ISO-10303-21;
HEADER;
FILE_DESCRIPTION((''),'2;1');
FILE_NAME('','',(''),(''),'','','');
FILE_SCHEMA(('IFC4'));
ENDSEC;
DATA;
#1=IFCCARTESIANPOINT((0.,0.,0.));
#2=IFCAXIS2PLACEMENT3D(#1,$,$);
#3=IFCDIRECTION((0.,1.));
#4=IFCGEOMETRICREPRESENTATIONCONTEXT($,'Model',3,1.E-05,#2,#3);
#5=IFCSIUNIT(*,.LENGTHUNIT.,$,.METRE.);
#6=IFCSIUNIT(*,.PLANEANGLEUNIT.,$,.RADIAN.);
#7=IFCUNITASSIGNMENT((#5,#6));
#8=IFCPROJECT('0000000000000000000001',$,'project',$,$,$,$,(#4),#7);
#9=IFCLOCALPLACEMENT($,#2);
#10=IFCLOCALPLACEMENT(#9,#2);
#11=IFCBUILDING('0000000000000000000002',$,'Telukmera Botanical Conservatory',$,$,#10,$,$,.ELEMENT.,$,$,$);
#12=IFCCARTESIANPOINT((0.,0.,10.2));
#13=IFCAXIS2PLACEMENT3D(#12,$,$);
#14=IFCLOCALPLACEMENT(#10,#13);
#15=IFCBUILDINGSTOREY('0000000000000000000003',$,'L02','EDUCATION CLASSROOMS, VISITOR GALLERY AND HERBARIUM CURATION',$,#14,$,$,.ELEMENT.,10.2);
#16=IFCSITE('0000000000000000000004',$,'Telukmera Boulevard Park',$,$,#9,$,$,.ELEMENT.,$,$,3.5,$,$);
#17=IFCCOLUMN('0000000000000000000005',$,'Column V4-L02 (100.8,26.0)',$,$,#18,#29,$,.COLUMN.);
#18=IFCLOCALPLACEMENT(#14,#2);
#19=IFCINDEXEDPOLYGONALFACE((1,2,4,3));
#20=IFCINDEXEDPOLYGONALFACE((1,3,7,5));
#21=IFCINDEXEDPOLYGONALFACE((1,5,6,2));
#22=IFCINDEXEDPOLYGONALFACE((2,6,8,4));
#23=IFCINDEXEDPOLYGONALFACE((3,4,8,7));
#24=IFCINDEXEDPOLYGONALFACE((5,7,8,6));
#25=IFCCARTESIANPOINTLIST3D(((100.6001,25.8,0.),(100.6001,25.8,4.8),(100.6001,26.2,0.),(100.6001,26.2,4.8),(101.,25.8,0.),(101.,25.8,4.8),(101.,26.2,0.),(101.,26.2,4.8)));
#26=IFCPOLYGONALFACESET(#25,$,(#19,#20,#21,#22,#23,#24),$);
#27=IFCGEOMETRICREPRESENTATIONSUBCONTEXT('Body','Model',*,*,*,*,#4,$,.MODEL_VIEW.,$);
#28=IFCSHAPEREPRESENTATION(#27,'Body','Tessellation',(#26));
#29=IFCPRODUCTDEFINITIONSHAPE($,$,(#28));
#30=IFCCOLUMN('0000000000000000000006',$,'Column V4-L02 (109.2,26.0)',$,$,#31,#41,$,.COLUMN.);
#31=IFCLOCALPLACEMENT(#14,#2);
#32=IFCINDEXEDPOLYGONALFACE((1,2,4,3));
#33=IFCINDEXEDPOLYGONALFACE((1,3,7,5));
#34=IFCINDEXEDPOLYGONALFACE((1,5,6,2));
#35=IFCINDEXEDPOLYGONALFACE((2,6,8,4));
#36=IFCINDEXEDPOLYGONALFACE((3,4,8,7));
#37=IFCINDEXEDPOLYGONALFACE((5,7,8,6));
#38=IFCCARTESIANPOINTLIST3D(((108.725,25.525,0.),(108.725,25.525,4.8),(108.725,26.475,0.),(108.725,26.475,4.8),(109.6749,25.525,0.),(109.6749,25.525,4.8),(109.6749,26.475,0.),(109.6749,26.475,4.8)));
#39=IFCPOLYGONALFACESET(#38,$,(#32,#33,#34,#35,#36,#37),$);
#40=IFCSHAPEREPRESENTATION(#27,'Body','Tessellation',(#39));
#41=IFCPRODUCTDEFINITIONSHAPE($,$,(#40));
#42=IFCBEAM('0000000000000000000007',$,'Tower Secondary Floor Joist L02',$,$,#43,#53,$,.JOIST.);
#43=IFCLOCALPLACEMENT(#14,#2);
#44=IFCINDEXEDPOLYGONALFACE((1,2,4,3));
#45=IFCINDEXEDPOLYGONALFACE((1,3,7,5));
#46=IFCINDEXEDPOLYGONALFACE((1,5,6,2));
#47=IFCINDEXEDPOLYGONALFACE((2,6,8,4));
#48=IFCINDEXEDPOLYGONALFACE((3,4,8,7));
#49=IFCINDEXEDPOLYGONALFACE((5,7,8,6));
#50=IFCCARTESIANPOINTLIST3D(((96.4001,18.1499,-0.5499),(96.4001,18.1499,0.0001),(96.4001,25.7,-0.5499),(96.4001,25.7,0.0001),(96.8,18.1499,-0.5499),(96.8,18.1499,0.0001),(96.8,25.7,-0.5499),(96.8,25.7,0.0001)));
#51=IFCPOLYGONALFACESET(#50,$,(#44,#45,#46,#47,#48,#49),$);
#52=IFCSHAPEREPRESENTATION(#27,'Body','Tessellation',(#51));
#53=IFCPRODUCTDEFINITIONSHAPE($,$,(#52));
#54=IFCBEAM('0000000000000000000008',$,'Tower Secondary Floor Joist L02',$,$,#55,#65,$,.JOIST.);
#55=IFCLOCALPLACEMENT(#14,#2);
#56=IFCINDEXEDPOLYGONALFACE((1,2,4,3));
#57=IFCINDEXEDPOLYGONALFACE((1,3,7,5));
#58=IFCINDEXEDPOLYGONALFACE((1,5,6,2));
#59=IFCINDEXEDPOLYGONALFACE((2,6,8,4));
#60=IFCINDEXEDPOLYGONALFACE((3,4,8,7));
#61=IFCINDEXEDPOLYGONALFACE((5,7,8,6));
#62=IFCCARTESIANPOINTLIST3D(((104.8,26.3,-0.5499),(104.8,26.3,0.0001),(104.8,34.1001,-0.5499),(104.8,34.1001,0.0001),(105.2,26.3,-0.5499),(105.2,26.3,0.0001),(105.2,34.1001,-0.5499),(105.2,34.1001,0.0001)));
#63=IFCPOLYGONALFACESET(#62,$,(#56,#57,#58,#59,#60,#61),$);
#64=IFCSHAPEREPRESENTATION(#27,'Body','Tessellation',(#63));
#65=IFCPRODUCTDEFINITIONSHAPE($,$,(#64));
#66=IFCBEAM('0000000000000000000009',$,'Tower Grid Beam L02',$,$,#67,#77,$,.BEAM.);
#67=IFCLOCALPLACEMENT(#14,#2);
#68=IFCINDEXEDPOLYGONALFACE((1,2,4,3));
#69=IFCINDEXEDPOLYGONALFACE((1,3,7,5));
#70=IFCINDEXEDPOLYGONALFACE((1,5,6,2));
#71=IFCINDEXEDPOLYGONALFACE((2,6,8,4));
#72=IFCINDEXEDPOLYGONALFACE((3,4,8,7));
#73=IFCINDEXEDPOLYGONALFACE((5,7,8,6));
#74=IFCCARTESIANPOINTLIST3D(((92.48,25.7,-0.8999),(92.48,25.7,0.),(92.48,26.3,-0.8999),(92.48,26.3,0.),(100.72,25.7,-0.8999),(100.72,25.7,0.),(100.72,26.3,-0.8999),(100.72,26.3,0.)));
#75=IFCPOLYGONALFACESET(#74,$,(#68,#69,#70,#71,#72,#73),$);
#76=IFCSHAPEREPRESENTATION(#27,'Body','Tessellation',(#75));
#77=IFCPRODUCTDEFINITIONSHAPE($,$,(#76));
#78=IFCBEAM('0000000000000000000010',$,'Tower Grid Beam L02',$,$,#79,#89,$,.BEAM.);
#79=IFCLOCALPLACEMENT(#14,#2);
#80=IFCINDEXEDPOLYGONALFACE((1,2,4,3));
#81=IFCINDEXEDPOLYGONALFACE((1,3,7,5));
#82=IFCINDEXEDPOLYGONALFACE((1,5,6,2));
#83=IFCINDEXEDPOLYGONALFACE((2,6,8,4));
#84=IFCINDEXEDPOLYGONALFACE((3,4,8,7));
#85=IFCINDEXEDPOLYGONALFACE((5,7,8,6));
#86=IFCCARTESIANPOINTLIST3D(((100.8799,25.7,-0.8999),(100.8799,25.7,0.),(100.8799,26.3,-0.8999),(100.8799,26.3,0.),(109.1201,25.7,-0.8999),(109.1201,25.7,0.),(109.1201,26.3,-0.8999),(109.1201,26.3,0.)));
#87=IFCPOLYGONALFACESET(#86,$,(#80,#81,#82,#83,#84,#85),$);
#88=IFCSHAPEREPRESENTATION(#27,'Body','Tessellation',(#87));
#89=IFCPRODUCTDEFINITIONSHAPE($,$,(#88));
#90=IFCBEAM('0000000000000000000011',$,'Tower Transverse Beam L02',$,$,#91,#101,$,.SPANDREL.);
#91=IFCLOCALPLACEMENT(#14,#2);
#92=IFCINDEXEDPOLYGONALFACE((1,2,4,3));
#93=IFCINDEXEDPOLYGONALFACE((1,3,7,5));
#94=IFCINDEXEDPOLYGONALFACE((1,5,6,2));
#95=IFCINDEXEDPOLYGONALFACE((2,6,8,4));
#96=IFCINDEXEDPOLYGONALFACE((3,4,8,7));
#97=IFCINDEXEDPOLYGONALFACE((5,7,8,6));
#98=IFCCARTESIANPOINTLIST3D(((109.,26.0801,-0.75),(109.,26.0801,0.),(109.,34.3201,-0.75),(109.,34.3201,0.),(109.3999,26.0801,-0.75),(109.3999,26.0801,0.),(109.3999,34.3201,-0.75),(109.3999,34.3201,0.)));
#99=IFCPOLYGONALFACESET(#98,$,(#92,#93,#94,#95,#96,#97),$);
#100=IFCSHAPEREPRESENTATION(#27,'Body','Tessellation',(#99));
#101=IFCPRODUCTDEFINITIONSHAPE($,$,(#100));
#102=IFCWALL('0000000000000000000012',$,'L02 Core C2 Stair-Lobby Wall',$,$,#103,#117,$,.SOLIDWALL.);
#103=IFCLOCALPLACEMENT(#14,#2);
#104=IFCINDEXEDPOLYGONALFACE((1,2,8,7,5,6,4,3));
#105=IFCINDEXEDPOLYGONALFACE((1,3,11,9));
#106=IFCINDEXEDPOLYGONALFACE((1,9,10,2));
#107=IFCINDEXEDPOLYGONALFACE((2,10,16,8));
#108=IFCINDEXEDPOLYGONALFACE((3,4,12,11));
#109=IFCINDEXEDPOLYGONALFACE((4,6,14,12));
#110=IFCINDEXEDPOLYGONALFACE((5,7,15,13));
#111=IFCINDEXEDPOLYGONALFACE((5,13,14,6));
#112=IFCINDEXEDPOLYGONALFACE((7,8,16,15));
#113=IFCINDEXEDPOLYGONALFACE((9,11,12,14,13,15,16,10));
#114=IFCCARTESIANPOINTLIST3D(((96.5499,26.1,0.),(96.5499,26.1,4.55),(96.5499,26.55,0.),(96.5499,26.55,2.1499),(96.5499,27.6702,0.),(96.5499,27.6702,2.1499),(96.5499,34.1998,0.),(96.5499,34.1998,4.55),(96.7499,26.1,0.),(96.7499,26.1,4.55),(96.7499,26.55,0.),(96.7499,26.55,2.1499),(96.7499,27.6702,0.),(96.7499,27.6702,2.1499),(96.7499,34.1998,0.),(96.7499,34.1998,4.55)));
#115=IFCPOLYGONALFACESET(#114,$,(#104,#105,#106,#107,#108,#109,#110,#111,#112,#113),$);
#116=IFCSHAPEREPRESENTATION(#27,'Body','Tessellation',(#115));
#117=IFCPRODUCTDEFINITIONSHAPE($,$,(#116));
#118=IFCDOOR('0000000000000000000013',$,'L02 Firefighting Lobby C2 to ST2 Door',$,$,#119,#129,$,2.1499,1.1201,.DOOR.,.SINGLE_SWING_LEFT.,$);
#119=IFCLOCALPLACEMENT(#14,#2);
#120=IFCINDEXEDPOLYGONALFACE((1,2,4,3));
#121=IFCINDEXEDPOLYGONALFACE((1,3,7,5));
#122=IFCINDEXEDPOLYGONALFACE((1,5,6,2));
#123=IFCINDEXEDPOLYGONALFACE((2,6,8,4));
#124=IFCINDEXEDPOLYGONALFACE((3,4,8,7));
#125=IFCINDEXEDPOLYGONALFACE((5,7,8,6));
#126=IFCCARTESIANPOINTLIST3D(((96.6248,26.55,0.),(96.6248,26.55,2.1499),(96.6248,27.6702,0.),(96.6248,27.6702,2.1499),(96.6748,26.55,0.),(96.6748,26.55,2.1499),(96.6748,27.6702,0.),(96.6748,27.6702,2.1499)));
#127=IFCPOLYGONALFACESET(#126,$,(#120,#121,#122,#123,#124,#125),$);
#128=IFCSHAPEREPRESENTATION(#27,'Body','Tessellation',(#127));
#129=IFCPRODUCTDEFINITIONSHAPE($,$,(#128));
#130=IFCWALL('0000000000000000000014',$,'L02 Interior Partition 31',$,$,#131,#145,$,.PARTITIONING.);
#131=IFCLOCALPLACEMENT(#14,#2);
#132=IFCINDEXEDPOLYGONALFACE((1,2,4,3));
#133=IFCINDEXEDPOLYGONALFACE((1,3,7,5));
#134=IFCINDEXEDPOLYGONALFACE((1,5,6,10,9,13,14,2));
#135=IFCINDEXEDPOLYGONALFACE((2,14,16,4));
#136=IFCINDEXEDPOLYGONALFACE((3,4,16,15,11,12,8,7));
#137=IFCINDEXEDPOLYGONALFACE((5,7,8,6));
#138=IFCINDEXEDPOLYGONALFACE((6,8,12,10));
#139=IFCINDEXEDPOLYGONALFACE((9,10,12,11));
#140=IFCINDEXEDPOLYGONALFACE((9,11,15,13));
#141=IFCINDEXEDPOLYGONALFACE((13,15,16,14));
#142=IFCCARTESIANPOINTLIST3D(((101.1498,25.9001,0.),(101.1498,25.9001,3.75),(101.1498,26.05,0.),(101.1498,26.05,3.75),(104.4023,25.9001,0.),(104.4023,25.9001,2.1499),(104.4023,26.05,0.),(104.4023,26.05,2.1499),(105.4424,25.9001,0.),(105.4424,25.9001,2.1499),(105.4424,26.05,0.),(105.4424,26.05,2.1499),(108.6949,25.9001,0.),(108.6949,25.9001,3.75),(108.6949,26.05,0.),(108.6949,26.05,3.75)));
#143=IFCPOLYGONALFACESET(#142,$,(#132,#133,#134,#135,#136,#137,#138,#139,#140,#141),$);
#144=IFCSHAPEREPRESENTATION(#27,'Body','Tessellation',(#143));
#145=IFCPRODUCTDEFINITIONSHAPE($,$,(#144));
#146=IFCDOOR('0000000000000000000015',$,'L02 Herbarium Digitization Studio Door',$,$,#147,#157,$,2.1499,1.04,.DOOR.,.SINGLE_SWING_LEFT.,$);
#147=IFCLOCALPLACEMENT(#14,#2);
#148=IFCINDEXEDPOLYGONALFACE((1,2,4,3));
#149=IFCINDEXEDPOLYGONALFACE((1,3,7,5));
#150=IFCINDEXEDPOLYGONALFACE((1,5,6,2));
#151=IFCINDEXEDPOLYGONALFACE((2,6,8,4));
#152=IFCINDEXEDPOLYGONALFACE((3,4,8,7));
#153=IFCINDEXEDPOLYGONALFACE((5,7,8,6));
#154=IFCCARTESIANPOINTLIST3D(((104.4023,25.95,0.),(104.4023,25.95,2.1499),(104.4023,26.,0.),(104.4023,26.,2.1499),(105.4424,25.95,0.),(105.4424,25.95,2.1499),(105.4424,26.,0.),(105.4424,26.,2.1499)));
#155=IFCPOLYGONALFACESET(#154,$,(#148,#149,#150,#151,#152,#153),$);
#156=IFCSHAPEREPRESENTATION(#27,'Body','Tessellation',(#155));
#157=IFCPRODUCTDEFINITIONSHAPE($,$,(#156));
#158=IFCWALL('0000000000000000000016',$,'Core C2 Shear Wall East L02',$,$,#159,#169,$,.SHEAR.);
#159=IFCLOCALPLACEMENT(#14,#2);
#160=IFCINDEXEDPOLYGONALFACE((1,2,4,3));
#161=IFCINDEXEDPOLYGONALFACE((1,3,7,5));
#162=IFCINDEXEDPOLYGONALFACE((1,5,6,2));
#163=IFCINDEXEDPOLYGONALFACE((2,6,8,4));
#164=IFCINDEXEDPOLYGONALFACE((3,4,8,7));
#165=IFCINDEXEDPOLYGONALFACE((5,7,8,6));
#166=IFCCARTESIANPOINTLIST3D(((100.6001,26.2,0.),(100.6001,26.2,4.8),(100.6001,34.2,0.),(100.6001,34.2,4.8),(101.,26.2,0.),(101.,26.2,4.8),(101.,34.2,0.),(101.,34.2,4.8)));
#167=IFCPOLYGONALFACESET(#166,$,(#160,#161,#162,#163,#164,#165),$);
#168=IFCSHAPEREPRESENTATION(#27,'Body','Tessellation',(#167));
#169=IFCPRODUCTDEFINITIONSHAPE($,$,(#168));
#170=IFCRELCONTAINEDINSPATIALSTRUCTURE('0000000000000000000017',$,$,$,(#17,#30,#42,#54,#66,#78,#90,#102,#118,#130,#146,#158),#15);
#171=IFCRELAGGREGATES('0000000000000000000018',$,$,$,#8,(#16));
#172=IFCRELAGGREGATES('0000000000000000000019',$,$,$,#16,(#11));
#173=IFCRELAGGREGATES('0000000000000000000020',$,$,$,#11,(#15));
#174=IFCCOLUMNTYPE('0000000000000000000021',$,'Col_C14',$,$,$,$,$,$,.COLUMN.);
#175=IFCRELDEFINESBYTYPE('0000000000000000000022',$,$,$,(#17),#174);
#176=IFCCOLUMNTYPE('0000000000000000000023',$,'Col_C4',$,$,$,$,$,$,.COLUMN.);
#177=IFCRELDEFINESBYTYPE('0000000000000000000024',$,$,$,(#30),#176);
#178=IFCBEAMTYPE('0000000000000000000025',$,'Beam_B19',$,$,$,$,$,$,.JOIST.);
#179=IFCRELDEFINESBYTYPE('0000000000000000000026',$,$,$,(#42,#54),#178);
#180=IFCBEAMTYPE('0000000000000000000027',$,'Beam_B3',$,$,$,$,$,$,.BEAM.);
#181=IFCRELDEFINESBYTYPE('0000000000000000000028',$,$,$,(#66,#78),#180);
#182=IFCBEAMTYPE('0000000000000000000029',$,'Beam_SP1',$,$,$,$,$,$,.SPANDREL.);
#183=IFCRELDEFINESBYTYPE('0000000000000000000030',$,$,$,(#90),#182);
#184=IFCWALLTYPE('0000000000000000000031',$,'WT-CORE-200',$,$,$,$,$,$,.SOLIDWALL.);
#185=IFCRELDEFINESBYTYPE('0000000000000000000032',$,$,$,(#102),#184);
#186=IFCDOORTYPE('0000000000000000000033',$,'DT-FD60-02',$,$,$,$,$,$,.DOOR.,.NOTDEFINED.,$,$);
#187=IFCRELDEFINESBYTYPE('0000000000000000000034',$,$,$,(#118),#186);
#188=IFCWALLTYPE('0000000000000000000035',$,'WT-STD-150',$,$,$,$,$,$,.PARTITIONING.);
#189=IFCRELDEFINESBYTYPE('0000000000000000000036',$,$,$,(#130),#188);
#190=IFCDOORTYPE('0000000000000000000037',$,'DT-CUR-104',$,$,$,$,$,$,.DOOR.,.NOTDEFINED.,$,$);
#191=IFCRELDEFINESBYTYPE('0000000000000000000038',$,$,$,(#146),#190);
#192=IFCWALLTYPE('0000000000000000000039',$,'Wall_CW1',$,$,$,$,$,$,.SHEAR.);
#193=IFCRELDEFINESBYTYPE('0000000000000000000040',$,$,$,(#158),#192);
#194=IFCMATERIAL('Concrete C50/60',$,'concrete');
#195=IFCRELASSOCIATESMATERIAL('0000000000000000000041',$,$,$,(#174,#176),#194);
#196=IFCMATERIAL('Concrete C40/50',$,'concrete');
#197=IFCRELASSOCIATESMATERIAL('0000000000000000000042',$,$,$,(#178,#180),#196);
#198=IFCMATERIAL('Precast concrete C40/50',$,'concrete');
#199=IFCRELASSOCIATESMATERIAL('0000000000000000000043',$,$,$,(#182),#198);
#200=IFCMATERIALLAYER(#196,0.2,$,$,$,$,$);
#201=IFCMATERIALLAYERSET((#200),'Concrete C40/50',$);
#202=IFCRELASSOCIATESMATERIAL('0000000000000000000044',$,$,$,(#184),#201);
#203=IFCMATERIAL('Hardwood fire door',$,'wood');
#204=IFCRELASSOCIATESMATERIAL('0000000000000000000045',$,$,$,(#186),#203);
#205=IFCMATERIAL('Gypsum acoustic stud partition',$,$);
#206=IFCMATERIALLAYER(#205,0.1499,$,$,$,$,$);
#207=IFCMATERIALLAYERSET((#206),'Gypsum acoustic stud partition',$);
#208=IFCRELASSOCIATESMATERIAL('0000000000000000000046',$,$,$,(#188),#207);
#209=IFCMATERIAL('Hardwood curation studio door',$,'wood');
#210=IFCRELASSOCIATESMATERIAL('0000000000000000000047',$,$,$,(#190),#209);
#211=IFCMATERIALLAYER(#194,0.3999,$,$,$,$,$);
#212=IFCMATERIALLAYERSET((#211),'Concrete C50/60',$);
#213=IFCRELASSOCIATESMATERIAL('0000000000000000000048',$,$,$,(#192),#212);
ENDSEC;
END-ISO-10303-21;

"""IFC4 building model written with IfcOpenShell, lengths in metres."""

from ifc_helpers import new_model, si_unit, direction, frame, frame_2d, origin, origin_2d, place, context, subcontext, project, spatial, rectangle, extrude, material, layer, layer_set, material_profile, profile_set, type_object, element, fill, save


model = new_model("IFC4")

# Units and contexts
model_context = context("Model", 3, precision=1e-05, world=origin(), true_north=direction((0.0, 1.0)))
body_context = subcontext(model_context, "Body", "Model", "MODEL_VIEW")
ifc_project = project(units=[si_unit("LENGTHUNIT", "METRE"), si_unit("PLANEANGLEUNIT", "RADIAN")], contexts=[model_context])

# Site, building, storey
site_placement = place(None, origin())
site = spatial("IfcSite", under=ifc_project, at=site_placement, Name="Telukmera Boulevard Park", CompositionType="ELEMENT", RefElevation=3.5)
building_placement = place(site_placement, origin())
building = spatial("IfcBuilding", under=site, at=building_placement, Name="Telukmera Botanical Conservatory", CompositionType="ELEMENT")
storey_placement = place(building_placement, frame((0.0, 0.0, 10.2)))
storey = spatial("IfcBuildingStorey", under=building, at=storey_placement, Name="L02", Description="EDUCATION CLASSROOMS, VISITOR GALLERY AND HERBARIUM CURATION", CompositionType="ELEMENT", Elevation=10.2)

# Columns
ifc_material_1 = material(Name="Concrete C50/60", Category="concrete")
ifc_material_profile_1 = material_profile(ifc_material_1, rectangle(XDim=0.3999, YDim=0.3999, at=origin_2d()), Name="RC 400x400")
ifc_profile_set_1 = profile_set([ifc_material_profile_1], Name="Concrete C50/60")
column_type_1 = type_object("IfcColumnType", Name="Col_C14", PredefinedType="COLUMN", material=ifc_profile_set_1)
column_1_placement = place(storey_placement, frame((100.8, 26.0, 0.0), z_axis=(0.0, 0.0, 1.0), x_axis=(1.0, 0.0, 0.0)))
element("IfcColumn", 1, at=column_1_placement, inside=storey, type_object=column_type_1, Name="Column V4-L02 (100.8,26.0)", PredefinedType="COLUMN", context=body_context, shape_type="SweptSolid", body=[
    extrude(rectangle(XDim=0.3999, YDim=0.3999, at=origin_2d()), origin(), (0.0, 0.0, 1.0), 4.8),
])
ifc_material_profile_2 = material_profile(ifc_material_1, rectangle(XDim=0.95, YDim=0.95, at=origin_2d()), Name="RC 950x950")
ifc_profile_set_2 = profile_set([ifc_material_profile_2], Name="Concrete C50/60")
column_type_2 = type_object("IfcColumnType", Name="Col_C4", PredefinedType="COLUMN", material=ifc_profile_set_2)
column_2_placement = place(storey_placement, frame((109.2, 26.0, 0.0), z_axis=(0.0, 0.0, 1.0), x_axis=(1.0, 0.0, 0.0)))
element("IfcColumn", 2, at=column_2_placement, inside=storey, type_object=column_type_2, Name="Column V4-L02 (109.2,26.0)", PredefinedType="COLUMN", context=body_context, shape_type="SweptSolid", body=[
    extrude(rectangle(XDim=0.95, YDim=0.95, at=origin_2d()), origin(), (0.0, 0.0, 1.0), 4.8),
])

# Beams
ifc_material_2 = material(Name="Concrete C40/50", Category="concrete")
ifc_material_profile_3 = material_profile(ifc_material_2, rectangle(XDim=0.3999, YDim=0.55, at=origin_2d()), Name="RC 400x550")
ifc_profile_set_3 = profile_set([ifc_material_profile_3], Name="Concrete C40/50")
beam_type_1 = type_object("IfcBeamType", Name="Beam_B19", PredefinedType="JOIST", material=ifc_profile_set_3)
beam_1_placement = place(storey_placement, frame((96.6001, 18.1499, -0.2749), z_axis=(0.0, 1.0, 0.0), x_axis=(-1.0, 0.0, 0.0)))
element("IfcBeam", 3, at=beam_1_placement, inside=storey, type_object=beam_type_1, Name="Tower Secondary Floor Joist L02", PredefinedType="JOIST", context=body_context, shape_type="SweptSolid", body=[
    extrude(rectangle(XDim=0.3999, YDim=0.55, at=origin_2d()), origin(), (0.0, 0.0, 1.0), 7.55),
])
beam_2_placement = place(storey_placement, frame((105.0, 26.3, -0.2749), z_axis=(0.0, 1.0, 0.0), x_axis=(-1.0, 0.0, 0.0)))
element("IfcBeam", 4, at=beam_2_placement, inside=storey, type_object=beam_type_1, Name="Tower Secondary Floor Joist L02", PredefinedType="JOIST", context=body_context, shape_type="SweptSolid", body=[
    extrude(rectangle(XDim=0.3999, YDim=0.55, at=origin_2d()), origin(), (0.0, 0.0, 1.0), 7.8),
])
ifc_material_profile_4 = material_profile(ifc_material_2, rectangle(XDim=0.6001, YDim=0.8999, at=origin_2d()), Name="RC 600x900")
ifc_profile_set_4 = profile_set([ifc_material_profile_4], Name="Concrete C40/50")
beam_type_2 = type_object("IfcBeamType", Name="Beam_B3", PredefinedType="BEAM", material=ifc_profile_set_4)
beam_3_placement = place(storey_placement, frame((92.48, 26.0, -0.45), z_axis=(1.0, 0.0, 0.0), x_axis=(0.0, 1.0, 0.0)))
element("IfcBeam", 5, at=beam_3_placement, inside=storey, type_object=beam_type_2, Name="Tower Grid Beam L02", PredefinedType="BEAM", context=body_context, shape_type="SweptSolid", body=[
    extrude(rectangle(XDim=0.6001, YDim=0.8999, at=origin_2d()), origin(), (0.0, 0.0, 1.0), 8.24),
])
beam_4_placement = place(storey_placement, frame((100.8799, 26.0, -0.45), z_axis=(1.0, 0.0, 0.0), x_axis=(0.0, 1.0, 0.0)))
element("IfcBeam", 6, at=beam_4_placement, inside=storey, type_object=beam_type_2, Name="Tower Grid Beam L02", PredefinedType="BEAM", context=body_context, shape_type="SweptSolid", body=[
    extrude(rectangle(XDim=0.6001, YDim=0.8999, at=origin_2d()), origin(), (0.0, 0.0, 1.0), 8.2402),
])
ifc_material_3 = material(Name="Precast concrete C40/50", Category="concrete")
ifc_material_profile_5 = material_profile(ifc_material_3, rectangle(XDim=0.3999, YDim=0.75, at=origin_2d()), Name="PC 400x750")
ifc_profile_set_5 = profile_set([ifc_material_profile_5], Name="Precast concrete C40/50")
beam_type_3 = type_object("IfcBeamType", Name="Beam_SP1", PredefinedType="SPANDREL", material=ifc_profile_set_5)
beam_5_placement = place(storey_placement, frame((109.2, 26.0801, -0.375), z_axis=(0.0, 1.0, 0.0), x_axis=(-1.0, 0.0, 0.0)))
element("IfcBeam", 7, at=beam_5_placement, inside=storey, type_object=beam_type_3, Name="Tower Transverse Beam L02", PredefinedType="SPANDREL", context=body_context, shape_type="SweptSolid", body=[
    extrude(rectangle(XDim=0.3999, YDim=0.75, at=origin_2d()), origin(), (0.0, 0.0, 1.0), 8.24),
])

# Shared definitions
ifc_layer_1 = layer(ifc_material_2, 0.2)
ifc_layer_set_1 = layer_set([ifc_layer_1], Name="Concrete C40/50")
wall_type_1 = type_object("IfcWallType", Name="WT-CORE-200", PredefinedType="SOLIDWALL", material=ifc_layer_set_1)
ifc_material_4 = material(Name="Hardwood fire door", Category="wood")

# Walls, openings, doors
wall_1_placement = place(storey_placement, frame((96.6499, 26.1001, 0.0), z_axis=(0.0, 0.0, 1.0), x_axis=(0.0, 1.0, 0.0)))
wall_1 = element("IfcWall", 8, at=wall_1_placement, inside=storey, type_object=wall_type_1, Name="L02 Core C2 Stair-Lobby Wall", PredefinedType="SOLIDWALL", context=body_context, shape_type="SweptSolid", body=[
    extrude(rectangle(XDim=8.0999, YDim=0.2, at=frame_2d((4.0498, 0.0))), origin(), (0.0, 0.0, 1.0), 4.55),
])
opening_1_placement = place(wall_1_placement, frame((0.45, 0.0, 0.0)))
opening_1 = element("IfcOpeningElement", 9, at=opening_1_placement, cuts=wall_1, PredefinedType="OPENING", context=body_context, shape_type="SweptSolid", body=[
    extrude(rectangle(XDim=1.1201, YDim=2.1499, at=frame_2d((0.5601, 1.075))), frame((0.0, 0.1099, 0.0), z_axis=(0.0, -1.0, 0.0), x_axis=(1.0, 0.0, 0.0)), (0.0, 0.0, 1.0), 0.22),
])
door_type_1 = type_object("IfcDoorType", Name="DT-FD60-02", OperationType="NOTDEFINED", PredefinedType="DOOR", material=ifc_material_4)
door_1_placement = place(opening_1_placement, frame((1.1201, 0.0, 0.0), z_axis=(0.0, 0.0, 1.0), x_axis=(-1.0, 0.0, 0.0)))
door_1 = element("IfcDoor", 10, at=door_1_placement, inside=storey, type_object=door_type_1, Name="L02 Firefighting Lobby C2 to ST2 Door", OperationType="SINGLE_SWING_LEFT", OverallHeight=2.1499, OverallWidth=1.1201, PredefinedType="DOOR", context=body_context, shape_type="SweptSolid", body=[
    extrude(rectangle(XDim=1.1201, YDim=2.1499, at=frame_2d((0.5601, 1.075))), frame((0.0, 0.0249, 0.0), z_axis=(0.0, -1.0, 0.0), x_axis=(1.0, 0.0, 0.0)), (0.0, 0.0, 1.0), 0.05),
])
fill(opening_1, door_1)
ifc_material_5 = material(Name="Gypsum acoustic stud partition")
ifc_layer_2 = layer(ifc_material_5, 0.1499)
ifc_layer_set_2 = layer_set([ifc_layer_2], Name="Gypsum acoustic stud partition")
wall_type_2 = type_object("IfcWallType", Name="WT-STD-150", PredefinedType="PARTITIONING", material=ifc_layer_set_2)
wall_2_placement = place(storey_placement, frame((101.1499, 25.9751, 0.0), z_axis=(0.0, 0.0, 1.0), x_axis=(1.0, 0.0, 0.0)))
wall_2 = element("IfcWall", 11, at=wall_2_placement, inside=storey, type_object=wall_type_2, Name="L02 Interior Partition 31", PredefinedType="PARTITIONING", context=body_context, shape_type="SweptSolid", body=[
    extrude(rectangle(XDim=7.5452, YDim=0.1499, at=frame_2d((3.7725, 0.0))), origin(), (0.0, 0.0, 1.0), 3.75),
])
opening_2_placement = place(wall_2_placement, frame((3.2524, 0.0, 0.0)))
opening_2 = element("IfcOpeningElement", 12, at=opening_2_placement, cuts=wall_2, PredefinedType="OPENING", context=body_context, shape_type="SweptSolid", body=[
    extrude(rectangle(XDim=1.04, YDim=2.1499, at=frame_2d((0.52, 1.075))), frame((0.0, 0.085, 0.0), z_axis=(0.0, -1.0, 0.0), x_axis=(1.0, 0.0, 0.0)), (0.0, 0.0, 1.0), 0.1699),
])
ifc_material_6 = material(Name="Hardwood curation studio door", Category="wood")
door_type_2 = type_object("IfcDoorType", Name="DT-CUR-104", OperationType="NOTDEFINED", PredefinedType="DOOR", material=ifc_material_6)
door_2_placement = place(opening_2_placement, origin())
door_2 = element("IfcDoor", 13, at=door_2_placement, inside=storey, type_object=door_type_2, Name="L02 Herbarium Digitization Studio Door", OperationType="SINGLE_SWING_LEFT", OverallHeight=2.1499, OverallWidth=1.04, PredefinedType="DOOR", context=body_context, shape_type="SweptSolid", body=[
    extrude(rectangle(XDim=1.04, YDim=2.1499, at=frame_2d((0.52, 1.075))), frame((0.0, 0.0249, 0.0), z_axis=(0.0, -1.0, 0.0), x_axis=(1.0, 0.0, 0.0)), (0.0, 0.0, 1.0), 0.05),
])
fill(opening_2, door_2)

# Wall
ifc_layer_3 = layer(ifc_material_1, 0.3999)
ifc_layer_set_3 = layer_set([ifc_layer_3], Name="Concrete C50/60")
wall_type_3 = type_object("IfcWallType", Name="Wall_CW1", PredefinedType="SHEAR", material=ifc_layer_set_3)
wall_3_placement = place(storey_placement, frame((100.8, 26.2, 0.0), z_axis=(0.0, 0.0, 1.0), x_axis=(0.0, 1.0, 0.0)))
element("IfcWall", 14, at=wall_3_placement, inside=storey, type_object=wall_type_3, Name="Core C2 Shear Wall East L02", PredefinedType="SHEAR", context=body_context, shape_type="SweptSolid", body=[
    extrude(rectangle(XDim=8.0, YDim=0.3999, at=frame_2d((4.0, 0.0))), origin(), (0.0, 0.0, 1.0), 4.8),
])

save(model, "model.ifc")
